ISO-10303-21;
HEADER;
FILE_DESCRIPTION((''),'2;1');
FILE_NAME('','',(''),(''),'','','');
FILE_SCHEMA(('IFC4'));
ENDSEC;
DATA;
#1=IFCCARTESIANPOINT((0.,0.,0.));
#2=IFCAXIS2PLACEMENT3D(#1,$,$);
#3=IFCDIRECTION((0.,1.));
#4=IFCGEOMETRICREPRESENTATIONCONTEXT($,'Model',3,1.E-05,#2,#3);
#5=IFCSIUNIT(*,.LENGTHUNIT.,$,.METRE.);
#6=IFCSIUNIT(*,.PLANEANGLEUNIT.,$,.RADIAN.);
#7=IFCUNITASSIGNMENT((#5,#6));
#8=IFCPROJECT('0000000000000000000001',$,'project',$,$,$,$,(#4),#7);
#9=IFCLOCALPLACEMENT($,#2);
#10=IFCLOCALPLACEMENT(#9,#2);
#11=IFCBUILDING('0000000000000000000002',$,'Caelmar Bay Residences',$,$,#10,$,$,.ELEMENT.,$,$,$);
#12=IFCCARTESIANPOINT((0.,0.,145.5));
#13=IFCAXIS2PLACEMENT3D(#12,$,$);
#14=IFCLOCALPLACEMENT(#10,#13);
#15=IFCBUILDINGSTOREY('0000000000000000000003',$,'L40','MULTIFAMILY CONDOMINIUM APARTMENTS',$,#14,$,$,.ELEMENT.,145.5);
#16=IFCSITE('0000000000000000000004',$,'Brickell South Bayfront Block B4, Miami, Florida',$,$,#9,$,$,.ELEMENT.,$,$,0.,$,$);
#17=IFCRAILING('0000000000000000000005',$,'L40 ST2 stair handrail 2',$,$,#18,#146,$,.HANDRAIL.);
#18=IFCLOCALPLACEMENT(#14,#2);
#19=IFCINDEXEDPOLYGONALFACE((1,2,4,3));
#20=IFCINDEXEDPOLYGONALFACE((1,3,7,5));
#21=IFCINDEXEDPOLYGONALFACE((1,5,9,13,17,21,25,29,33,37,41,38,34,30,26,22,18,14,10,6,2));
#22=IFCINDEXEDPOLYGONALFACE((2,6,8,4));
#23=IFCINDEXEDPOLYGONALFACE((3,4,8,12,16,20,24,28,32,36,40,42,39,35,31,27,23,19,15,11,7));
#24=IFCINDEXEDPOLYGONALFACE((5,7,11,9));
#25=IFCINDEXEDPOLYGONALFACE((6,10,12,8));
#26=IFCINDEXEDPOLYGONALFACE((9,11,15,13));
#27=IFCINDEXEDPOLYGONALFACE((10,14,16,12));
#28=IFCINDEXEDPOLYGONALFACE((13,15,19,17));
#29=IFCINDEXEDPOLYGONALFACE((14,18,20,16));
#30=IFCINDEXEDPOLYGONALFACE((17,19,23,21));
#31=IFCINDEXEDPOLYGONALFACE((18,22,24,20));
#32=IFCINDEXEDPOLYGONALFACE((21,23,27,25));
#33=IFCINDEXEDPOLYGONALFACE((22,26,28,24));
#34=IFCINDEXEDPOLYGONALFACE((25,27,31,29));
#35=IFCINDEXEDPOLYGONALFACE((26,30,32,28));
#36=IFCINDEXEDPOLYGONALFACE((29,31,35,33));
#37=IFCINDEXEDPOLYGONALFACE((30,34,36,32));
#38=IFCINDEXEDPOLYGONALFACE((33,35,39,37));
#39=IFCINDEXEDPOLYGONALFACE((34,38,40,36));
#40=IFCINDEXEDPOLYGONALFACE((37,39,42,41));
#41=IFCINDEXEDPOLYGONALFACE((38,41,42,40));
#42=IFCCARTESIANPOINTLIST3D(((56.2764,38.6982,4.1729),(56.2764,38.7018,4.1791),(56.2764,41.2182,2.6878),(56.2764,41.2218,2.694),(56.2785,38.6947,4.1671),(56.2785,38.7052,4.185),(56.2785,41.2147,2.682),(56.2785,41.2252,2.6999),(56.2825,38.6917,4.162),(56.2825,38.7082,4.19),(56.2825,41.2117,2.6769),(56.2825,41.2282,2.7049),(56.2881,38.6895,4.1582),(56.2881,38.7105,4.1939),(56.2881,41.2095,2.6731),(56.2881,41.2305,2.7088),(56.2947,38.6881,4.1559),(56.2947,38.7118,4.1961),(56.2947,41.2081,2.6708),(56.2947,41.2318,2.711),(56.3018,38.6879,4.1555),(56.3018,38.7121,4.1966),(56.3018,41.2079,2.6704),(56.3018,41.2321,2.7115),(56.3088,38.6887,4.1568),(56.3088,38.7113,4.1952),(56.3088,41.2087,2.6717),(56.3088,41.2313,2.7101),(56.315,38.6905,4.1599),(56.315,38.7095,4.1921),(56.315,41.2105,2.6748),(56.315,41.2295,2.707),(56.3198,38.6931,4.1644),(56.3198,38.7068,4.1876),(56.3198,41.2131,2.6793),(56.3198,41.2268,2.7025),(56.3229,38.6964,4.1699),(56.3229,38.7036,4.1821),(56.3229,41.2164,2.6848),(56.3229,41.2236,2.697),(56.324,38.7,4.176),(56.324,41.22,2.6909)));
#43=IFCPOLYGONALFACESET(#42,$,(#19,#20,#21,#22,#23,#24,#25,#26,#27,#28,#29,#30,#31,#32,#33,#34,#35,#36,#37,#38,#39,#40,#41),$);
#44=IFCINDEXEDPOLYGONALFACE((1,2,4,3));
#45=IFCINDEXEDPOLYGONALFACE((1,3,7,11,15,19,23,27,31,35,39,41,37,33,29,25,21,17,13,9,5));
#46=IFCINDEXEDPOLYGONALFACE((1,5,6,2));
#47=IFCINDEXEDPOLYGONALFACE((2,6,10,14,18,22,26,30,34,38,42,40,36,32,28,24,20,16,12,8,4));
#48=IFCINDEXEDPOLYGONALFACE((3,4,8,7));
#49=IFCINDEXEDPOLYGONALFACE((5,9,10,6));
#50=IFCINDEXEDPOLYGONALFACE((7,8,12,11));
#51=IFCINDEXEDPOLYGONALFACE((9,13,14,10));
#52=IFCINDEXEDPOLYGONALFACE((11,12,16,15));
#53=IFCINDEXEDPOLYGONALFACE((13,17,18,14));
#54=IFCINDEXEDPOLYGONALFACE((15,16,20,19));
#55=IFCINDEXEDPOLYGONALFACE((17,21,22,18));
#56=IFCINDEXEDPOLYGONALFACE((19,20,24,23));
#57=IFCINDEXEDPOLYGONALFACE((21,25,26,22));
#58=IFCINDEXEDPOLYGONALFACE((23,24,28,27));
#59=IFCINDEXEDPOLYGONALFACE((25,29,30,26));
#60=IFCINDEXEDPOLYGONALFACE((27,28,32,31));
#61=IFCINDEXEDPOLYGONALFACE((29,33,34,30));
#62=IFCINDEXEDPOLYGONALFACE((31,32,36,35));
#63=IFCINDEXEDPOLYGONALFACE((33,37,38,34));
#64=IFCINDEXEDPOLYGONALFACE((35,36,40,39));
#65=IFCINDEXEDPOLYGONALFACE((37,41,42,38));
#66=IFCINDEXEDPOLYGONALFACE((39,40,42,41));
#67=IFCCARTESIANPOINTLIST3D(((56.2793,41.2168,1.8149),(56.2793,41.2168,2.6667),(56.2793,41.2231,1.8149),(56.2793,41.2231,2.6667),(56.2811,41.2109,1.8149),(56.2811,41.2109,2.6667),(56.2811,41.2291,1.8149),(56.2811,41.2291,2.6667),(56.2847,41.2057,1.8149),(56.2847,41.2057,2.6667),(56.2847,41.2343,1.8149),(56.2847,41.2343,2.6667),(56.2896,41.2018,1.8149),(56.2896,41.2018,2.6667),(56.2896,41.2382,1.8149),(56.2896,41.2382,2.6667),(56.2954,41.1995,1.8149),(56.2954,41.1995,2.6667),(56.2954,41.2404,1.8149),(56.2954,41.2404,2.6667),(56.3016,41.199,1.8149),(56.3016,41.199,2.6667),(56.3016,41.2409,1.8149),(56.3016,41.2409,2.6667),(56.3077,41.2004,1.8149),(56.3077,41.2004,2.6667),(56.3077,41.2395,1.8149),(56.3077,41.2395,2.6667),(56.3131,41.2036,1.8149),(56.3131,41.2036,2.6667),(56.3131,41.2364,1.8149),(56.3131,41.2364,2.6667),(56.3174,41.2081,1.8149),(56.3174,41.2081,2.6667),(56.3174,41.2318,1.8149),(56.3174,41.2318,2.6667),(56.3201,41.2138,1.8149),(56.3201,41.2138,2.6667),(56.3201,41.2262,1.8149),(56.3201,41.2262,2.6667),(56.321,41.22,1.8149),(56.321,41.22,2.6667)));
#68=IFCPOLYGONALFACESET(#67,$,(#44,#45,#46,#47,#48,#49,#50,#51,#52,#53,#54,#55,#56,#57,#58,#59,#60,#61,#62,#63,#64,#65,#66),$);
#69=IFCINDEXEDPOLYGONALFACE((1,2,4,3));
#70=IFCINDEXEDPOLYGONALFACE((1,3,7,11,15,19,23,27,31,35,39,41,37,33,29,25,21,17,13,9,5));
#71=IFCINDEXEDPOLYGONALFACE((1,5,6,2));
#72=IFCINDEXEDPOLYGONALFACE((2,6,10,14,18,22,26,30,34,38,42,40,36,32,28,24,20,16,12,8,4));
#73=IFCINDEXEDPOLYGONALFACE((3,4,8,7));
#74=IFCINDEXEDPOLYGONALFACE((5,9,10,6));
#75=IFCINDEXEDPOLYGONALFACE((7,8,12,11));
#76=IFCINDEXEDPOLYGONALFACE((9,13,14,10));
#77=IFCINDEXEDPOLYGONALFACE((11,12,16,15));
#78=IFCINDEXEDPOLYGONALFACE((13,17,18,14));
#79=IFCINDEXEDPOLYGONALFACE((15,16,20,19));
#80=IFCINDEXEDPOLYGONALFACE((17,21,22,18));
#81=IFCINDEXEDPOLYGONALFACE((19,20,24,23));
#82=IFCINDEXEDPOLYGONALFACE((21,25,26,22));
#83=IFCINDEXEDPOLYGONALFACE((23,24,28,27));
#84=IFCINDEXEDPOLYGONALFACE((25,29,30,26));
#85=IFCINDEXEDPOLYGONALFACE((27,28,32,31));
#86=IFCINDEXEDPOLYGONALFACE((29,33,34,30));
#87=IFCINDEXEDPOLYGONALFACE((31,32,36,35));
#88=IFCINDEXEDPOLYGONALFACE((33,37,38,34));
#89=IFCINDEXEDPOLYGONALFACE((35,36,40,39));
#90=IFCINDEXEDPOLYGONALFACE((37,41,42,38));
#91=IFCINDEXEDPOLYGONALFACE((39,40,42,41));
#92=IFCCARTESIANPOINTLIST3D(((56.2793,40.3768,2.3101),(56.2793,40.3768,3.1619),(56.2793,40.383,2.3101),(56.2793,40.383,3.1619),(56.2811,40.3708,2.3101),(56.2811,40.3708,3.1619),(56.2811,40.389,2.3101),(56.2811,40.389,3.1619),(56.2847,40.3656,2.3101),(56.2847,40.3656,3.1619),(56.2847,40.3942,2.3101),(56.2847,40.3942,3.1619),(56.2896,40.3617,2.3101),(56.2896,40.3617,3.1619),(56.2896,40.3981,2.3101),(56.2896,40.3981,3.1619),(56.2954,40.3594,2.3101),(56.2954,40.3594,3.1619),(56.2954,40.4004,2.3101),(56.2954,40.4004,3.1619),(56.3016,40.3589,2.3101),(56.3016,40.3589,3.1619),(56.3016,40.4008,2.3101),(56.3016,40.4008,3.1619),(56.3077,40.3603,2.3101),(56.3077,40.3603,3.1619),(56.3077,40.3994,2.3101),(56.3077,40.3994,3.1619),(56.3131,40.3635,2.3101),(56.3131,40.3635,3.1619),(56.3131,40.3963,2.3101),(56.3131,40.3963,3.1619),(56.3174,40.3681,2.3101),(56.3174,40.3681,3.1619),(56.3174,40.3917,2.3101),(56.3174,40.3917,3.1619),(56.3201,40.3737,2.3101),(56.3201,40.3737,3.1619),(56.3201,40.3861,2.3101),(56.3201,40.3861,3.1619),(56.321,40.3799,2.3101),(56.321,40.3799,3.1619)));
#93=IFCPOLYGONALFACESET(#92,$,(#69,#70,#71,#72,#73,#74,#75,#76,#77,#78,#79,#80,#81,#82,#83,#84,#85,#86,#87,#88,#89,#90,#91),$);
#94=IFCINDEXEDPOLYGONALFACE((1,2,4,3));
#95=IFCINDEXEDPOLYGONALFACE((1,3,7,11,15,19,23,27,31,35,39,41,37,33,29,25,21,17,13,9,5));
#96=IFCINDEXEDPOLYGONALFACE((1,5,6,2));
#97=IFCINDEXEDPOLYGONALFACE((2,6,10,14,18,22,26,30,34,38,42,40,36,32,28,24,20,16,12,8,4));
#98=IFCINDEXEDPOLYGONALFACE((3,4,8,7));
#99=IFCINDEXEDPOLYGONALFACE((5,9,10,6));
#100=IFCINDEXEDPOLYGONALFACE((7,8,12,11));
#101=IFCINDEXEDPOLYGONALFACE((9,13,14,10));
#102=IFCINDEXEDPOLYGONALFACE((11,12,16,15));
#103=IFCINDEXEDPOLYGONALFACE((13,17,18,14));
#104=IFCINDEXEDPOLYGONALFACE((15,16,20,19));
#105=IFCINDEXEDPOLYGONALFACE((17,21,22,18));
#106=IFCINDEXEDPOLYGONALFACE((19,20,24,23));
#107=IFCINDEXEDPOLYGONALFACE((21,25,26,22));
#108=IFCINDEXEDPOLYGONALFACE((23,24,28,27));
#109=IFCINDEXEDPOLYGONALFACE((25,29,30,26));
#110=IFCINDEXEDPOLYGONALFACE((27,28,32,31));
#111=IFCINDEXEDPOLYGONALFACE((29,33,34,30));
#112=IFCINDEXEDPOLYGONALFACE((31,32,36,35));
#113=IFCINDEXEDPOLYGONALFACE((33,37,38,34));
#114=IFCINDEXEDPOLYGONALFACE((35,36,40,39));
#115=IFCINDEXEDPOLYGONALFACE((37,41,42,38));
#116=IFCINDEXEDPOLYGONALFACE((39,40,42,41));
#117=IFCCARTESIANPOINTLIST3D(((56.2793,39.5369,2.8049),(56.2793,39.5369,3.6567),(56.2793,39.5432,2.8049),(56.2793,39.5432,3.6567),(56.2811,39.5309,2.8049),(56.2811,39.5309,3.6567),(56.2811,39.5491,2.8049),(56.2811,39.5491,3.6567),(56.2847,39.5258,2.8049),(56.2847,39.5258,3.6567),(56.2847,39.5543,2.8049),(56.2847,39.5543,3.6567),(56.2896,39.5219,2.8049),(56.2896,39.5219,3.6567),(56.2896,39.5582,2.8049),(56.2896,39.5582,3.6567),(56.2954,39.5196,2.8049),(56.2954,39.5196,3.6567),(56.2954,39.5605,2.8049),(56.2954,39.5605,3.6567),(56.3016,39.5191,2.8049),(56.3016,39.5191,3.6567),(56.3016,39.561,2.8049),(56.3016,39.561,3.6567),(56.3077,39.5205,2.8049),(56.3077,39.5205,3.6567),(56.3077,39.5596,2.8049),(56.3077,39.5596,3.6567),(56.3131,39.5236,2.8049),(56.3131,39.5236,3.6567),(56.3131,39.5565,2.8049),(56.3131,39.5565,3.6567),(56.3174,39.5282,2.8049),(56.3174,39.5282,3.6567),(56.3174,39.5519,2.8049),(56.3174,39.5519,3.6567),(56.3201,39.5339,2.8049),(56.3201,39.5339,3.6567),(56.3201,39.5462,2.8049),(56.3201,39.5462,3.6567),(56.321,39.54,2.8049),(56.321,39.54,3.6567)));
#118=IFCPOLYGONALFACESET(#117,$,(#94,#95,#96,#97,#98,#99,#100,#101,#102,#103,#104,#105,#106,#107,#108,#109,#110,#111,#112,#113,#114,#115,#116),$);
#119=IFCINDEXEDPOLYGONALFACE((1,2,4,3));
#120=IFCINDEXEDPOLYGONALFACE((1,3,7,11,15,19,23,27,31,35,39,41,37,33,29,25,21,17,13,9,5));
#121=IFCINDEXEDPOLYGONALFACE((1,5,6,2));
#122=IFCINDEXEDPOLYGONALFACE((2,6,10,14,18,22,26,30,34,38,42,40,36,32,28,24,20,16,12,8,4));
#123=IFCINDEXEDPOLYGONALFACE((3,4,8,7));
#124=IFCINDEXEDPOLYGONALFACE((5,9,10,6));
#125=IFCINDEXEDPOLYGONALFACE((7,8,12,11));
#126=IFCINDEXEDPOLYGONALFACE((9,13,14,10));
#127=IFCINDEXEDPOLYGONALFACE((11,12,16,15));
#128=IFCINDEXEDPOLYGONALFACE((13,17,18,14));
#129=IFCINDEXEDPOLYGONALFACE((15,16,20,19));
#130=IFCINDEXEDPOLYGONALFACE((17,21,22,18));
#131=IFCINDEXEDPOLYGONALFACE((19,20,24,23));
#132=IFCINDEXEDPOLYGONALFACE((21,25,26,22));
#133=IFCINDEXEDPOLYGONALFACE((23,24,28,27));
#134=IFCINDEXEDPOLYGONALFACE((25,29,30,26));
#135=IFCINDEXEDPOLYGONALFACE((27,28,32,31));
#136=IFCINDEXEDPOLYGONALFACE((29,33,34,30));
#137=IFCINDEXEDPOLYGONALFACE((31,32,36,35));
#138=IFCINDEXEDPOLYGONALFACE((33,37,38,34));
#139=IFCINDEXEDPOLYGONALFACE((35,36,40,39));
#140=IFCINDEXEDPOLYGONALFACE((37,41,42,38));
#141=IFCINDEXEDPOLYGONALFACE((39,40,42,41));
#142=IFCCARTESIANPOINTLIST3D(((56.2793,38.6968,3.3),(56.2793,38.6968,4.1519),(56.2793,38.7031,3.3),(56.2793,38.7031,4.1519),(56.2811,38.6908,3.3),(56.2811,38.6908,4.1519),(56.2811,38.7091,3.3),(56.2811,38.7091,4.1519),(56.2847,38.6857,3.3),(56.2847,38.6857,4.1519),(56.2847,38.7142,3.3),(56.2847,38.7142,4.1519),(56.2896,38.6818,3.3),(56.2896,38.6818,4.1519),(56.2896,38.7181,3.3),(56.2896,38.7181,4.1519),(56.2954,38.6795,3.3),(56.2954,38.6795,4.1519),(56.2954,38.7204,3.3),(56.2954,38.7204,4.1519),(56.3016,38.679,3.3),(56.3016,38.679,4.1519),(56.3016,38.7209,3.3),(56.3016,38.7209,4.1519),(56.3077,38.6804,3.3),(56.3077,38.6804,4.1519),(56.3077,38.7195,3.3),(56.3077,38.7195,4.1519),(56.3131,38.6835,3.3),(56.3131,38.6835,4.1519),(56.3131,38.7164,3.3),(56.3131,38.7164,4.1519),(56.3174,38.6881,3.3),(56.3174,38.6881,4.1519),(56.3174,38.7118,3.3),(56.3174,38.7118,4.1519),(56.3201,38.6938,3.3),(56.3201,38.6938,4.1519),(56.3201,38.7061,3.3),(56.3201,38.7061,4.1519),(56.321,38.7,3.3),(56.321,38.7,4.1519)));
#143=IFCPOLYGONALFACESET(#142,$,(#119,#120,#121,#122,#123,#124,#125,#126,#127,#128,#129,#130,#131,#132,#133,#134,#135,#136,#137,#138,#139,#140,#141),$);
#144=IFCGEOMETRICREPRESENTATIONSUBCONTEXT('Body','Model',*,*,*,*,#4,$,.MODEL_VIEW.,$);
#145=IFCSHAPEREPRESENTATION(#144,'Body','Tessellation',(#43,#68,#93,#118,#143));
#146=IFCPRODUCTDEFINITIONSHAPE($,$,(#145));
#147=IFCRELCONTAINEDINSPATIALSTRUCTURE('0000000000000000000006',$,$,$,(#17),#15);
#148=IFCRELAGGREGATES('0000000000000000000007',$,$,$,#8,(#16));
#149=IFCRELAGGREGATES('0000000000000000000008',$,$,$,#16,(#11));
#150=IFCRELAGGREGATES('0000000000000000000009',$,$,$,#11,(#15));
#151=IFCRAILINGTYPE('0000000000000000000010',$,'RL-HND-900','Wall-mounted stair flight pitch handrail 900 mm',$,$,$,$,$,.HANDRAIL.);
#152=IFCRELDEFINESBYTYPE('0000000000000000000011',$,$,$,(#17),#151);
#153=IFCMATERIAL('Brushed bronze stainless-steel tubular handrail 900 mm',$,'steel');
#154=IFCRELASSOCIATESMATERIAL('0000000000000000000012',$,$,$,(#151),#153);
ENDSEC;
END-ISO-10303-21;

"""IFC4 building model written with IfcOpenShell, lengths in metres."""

from ifc_helpers import new_model, si_unit, direction, frame, origin, origin_2d, place, context, subcontext, project, spatial, circle, extrude, material, type_object, element, save


model = new_model("IFC4")

# Units and contexts
model_context = context("Model", 3, precision=1e-05, world=origin(), true_north=direction((0.0, 1.0)))
body_context = subcontext(model_context, "Body", "Model", "MODEL_VIEW")
ifc_project = project(units=[si_unit("LENGTHUNIT", "METRE"), si_unit("PLANEANGLEUNIT", "RADIAN")], contexts=[model_context])

# Site, building, storey
site_placement = place(None, origin())
site = spatial("IfcSite", under=ifc_project, at=site_placement, Name="Brickell South Bayfront Block B4, Miami, Florida", CompositionType="ELEMENT", RefElevation=0.0)
building_placement = place(site_placement, origin())
building = spatial("IfcBuilding", under=site, at=building_placement, Name="Caelmar Bay Residences", CompositionType="ELEMENT")
storey_placement = place(building_placement, frame((0.0, 0.0, 145.5)))
storey = spatial("IfcBuildingStorey", under=building, at=storey_placement, Name="L40", Description="MULTIFAMILY CONDOMINIUM APARTMENTS", CompositionType="ELEMENT", Elevation=145.5)

# Railing
ifc_material_1 = material(Name="Brushed bronze stainless-steel tubular handrail 900 mm", Category="steel")
railing_type_1 = type_object("IfcRailingType", Name="RL-HND-900", Description="Wall-mounted stair flight pitch handrail 900 mm", PredefinedType="HANDRAIL", material=ifc_material_1)
railing_1_placement = place(storey_placement, frame((56.3, 41.22, 1.8149)))
element("IfcRailing", 1, at=railing_1_placement, inside=storey, type_object=railing_type_1, Name="L40 ST2 stair handrail 2", PredefinedType="HANDRAIL", context=body_context, shape_type="SweptSolid", body=[
    extrude(circle(Radius=0.0239, at=origin_2d()), frame((0.0, 0.0, 0.876), z_axis=(0.0, -0.861524, 0.507717), x_axis=(1.0, 0.0, 0.0)), (0.0, 0.0, 1.0), 2.925),
    extrude(circle(Radius=0.021, at=origin_2d()), origin(), (0.0, 0.0, 1.0), 0.8518),
    extrude(circle(Radius=0.021, at=origin_2d()), frame((0.0, -0.8401, 0.4951)), (0.0, 0.0, 1.0), 0.8518),
    extrude(circle(Radius=0.021, at=origin_2d()), frame((0.0, -1.6799, 0.99)), (0.0, 0.0, 1.0), 0.8518),
    extrude(circle(Radius=0.021, at=origin_2d()), frame((0.0, -2.52, 1.4851)), (0.0, 0.0, 1.0), 0.8518),
])

save(model, "model.ifc")
